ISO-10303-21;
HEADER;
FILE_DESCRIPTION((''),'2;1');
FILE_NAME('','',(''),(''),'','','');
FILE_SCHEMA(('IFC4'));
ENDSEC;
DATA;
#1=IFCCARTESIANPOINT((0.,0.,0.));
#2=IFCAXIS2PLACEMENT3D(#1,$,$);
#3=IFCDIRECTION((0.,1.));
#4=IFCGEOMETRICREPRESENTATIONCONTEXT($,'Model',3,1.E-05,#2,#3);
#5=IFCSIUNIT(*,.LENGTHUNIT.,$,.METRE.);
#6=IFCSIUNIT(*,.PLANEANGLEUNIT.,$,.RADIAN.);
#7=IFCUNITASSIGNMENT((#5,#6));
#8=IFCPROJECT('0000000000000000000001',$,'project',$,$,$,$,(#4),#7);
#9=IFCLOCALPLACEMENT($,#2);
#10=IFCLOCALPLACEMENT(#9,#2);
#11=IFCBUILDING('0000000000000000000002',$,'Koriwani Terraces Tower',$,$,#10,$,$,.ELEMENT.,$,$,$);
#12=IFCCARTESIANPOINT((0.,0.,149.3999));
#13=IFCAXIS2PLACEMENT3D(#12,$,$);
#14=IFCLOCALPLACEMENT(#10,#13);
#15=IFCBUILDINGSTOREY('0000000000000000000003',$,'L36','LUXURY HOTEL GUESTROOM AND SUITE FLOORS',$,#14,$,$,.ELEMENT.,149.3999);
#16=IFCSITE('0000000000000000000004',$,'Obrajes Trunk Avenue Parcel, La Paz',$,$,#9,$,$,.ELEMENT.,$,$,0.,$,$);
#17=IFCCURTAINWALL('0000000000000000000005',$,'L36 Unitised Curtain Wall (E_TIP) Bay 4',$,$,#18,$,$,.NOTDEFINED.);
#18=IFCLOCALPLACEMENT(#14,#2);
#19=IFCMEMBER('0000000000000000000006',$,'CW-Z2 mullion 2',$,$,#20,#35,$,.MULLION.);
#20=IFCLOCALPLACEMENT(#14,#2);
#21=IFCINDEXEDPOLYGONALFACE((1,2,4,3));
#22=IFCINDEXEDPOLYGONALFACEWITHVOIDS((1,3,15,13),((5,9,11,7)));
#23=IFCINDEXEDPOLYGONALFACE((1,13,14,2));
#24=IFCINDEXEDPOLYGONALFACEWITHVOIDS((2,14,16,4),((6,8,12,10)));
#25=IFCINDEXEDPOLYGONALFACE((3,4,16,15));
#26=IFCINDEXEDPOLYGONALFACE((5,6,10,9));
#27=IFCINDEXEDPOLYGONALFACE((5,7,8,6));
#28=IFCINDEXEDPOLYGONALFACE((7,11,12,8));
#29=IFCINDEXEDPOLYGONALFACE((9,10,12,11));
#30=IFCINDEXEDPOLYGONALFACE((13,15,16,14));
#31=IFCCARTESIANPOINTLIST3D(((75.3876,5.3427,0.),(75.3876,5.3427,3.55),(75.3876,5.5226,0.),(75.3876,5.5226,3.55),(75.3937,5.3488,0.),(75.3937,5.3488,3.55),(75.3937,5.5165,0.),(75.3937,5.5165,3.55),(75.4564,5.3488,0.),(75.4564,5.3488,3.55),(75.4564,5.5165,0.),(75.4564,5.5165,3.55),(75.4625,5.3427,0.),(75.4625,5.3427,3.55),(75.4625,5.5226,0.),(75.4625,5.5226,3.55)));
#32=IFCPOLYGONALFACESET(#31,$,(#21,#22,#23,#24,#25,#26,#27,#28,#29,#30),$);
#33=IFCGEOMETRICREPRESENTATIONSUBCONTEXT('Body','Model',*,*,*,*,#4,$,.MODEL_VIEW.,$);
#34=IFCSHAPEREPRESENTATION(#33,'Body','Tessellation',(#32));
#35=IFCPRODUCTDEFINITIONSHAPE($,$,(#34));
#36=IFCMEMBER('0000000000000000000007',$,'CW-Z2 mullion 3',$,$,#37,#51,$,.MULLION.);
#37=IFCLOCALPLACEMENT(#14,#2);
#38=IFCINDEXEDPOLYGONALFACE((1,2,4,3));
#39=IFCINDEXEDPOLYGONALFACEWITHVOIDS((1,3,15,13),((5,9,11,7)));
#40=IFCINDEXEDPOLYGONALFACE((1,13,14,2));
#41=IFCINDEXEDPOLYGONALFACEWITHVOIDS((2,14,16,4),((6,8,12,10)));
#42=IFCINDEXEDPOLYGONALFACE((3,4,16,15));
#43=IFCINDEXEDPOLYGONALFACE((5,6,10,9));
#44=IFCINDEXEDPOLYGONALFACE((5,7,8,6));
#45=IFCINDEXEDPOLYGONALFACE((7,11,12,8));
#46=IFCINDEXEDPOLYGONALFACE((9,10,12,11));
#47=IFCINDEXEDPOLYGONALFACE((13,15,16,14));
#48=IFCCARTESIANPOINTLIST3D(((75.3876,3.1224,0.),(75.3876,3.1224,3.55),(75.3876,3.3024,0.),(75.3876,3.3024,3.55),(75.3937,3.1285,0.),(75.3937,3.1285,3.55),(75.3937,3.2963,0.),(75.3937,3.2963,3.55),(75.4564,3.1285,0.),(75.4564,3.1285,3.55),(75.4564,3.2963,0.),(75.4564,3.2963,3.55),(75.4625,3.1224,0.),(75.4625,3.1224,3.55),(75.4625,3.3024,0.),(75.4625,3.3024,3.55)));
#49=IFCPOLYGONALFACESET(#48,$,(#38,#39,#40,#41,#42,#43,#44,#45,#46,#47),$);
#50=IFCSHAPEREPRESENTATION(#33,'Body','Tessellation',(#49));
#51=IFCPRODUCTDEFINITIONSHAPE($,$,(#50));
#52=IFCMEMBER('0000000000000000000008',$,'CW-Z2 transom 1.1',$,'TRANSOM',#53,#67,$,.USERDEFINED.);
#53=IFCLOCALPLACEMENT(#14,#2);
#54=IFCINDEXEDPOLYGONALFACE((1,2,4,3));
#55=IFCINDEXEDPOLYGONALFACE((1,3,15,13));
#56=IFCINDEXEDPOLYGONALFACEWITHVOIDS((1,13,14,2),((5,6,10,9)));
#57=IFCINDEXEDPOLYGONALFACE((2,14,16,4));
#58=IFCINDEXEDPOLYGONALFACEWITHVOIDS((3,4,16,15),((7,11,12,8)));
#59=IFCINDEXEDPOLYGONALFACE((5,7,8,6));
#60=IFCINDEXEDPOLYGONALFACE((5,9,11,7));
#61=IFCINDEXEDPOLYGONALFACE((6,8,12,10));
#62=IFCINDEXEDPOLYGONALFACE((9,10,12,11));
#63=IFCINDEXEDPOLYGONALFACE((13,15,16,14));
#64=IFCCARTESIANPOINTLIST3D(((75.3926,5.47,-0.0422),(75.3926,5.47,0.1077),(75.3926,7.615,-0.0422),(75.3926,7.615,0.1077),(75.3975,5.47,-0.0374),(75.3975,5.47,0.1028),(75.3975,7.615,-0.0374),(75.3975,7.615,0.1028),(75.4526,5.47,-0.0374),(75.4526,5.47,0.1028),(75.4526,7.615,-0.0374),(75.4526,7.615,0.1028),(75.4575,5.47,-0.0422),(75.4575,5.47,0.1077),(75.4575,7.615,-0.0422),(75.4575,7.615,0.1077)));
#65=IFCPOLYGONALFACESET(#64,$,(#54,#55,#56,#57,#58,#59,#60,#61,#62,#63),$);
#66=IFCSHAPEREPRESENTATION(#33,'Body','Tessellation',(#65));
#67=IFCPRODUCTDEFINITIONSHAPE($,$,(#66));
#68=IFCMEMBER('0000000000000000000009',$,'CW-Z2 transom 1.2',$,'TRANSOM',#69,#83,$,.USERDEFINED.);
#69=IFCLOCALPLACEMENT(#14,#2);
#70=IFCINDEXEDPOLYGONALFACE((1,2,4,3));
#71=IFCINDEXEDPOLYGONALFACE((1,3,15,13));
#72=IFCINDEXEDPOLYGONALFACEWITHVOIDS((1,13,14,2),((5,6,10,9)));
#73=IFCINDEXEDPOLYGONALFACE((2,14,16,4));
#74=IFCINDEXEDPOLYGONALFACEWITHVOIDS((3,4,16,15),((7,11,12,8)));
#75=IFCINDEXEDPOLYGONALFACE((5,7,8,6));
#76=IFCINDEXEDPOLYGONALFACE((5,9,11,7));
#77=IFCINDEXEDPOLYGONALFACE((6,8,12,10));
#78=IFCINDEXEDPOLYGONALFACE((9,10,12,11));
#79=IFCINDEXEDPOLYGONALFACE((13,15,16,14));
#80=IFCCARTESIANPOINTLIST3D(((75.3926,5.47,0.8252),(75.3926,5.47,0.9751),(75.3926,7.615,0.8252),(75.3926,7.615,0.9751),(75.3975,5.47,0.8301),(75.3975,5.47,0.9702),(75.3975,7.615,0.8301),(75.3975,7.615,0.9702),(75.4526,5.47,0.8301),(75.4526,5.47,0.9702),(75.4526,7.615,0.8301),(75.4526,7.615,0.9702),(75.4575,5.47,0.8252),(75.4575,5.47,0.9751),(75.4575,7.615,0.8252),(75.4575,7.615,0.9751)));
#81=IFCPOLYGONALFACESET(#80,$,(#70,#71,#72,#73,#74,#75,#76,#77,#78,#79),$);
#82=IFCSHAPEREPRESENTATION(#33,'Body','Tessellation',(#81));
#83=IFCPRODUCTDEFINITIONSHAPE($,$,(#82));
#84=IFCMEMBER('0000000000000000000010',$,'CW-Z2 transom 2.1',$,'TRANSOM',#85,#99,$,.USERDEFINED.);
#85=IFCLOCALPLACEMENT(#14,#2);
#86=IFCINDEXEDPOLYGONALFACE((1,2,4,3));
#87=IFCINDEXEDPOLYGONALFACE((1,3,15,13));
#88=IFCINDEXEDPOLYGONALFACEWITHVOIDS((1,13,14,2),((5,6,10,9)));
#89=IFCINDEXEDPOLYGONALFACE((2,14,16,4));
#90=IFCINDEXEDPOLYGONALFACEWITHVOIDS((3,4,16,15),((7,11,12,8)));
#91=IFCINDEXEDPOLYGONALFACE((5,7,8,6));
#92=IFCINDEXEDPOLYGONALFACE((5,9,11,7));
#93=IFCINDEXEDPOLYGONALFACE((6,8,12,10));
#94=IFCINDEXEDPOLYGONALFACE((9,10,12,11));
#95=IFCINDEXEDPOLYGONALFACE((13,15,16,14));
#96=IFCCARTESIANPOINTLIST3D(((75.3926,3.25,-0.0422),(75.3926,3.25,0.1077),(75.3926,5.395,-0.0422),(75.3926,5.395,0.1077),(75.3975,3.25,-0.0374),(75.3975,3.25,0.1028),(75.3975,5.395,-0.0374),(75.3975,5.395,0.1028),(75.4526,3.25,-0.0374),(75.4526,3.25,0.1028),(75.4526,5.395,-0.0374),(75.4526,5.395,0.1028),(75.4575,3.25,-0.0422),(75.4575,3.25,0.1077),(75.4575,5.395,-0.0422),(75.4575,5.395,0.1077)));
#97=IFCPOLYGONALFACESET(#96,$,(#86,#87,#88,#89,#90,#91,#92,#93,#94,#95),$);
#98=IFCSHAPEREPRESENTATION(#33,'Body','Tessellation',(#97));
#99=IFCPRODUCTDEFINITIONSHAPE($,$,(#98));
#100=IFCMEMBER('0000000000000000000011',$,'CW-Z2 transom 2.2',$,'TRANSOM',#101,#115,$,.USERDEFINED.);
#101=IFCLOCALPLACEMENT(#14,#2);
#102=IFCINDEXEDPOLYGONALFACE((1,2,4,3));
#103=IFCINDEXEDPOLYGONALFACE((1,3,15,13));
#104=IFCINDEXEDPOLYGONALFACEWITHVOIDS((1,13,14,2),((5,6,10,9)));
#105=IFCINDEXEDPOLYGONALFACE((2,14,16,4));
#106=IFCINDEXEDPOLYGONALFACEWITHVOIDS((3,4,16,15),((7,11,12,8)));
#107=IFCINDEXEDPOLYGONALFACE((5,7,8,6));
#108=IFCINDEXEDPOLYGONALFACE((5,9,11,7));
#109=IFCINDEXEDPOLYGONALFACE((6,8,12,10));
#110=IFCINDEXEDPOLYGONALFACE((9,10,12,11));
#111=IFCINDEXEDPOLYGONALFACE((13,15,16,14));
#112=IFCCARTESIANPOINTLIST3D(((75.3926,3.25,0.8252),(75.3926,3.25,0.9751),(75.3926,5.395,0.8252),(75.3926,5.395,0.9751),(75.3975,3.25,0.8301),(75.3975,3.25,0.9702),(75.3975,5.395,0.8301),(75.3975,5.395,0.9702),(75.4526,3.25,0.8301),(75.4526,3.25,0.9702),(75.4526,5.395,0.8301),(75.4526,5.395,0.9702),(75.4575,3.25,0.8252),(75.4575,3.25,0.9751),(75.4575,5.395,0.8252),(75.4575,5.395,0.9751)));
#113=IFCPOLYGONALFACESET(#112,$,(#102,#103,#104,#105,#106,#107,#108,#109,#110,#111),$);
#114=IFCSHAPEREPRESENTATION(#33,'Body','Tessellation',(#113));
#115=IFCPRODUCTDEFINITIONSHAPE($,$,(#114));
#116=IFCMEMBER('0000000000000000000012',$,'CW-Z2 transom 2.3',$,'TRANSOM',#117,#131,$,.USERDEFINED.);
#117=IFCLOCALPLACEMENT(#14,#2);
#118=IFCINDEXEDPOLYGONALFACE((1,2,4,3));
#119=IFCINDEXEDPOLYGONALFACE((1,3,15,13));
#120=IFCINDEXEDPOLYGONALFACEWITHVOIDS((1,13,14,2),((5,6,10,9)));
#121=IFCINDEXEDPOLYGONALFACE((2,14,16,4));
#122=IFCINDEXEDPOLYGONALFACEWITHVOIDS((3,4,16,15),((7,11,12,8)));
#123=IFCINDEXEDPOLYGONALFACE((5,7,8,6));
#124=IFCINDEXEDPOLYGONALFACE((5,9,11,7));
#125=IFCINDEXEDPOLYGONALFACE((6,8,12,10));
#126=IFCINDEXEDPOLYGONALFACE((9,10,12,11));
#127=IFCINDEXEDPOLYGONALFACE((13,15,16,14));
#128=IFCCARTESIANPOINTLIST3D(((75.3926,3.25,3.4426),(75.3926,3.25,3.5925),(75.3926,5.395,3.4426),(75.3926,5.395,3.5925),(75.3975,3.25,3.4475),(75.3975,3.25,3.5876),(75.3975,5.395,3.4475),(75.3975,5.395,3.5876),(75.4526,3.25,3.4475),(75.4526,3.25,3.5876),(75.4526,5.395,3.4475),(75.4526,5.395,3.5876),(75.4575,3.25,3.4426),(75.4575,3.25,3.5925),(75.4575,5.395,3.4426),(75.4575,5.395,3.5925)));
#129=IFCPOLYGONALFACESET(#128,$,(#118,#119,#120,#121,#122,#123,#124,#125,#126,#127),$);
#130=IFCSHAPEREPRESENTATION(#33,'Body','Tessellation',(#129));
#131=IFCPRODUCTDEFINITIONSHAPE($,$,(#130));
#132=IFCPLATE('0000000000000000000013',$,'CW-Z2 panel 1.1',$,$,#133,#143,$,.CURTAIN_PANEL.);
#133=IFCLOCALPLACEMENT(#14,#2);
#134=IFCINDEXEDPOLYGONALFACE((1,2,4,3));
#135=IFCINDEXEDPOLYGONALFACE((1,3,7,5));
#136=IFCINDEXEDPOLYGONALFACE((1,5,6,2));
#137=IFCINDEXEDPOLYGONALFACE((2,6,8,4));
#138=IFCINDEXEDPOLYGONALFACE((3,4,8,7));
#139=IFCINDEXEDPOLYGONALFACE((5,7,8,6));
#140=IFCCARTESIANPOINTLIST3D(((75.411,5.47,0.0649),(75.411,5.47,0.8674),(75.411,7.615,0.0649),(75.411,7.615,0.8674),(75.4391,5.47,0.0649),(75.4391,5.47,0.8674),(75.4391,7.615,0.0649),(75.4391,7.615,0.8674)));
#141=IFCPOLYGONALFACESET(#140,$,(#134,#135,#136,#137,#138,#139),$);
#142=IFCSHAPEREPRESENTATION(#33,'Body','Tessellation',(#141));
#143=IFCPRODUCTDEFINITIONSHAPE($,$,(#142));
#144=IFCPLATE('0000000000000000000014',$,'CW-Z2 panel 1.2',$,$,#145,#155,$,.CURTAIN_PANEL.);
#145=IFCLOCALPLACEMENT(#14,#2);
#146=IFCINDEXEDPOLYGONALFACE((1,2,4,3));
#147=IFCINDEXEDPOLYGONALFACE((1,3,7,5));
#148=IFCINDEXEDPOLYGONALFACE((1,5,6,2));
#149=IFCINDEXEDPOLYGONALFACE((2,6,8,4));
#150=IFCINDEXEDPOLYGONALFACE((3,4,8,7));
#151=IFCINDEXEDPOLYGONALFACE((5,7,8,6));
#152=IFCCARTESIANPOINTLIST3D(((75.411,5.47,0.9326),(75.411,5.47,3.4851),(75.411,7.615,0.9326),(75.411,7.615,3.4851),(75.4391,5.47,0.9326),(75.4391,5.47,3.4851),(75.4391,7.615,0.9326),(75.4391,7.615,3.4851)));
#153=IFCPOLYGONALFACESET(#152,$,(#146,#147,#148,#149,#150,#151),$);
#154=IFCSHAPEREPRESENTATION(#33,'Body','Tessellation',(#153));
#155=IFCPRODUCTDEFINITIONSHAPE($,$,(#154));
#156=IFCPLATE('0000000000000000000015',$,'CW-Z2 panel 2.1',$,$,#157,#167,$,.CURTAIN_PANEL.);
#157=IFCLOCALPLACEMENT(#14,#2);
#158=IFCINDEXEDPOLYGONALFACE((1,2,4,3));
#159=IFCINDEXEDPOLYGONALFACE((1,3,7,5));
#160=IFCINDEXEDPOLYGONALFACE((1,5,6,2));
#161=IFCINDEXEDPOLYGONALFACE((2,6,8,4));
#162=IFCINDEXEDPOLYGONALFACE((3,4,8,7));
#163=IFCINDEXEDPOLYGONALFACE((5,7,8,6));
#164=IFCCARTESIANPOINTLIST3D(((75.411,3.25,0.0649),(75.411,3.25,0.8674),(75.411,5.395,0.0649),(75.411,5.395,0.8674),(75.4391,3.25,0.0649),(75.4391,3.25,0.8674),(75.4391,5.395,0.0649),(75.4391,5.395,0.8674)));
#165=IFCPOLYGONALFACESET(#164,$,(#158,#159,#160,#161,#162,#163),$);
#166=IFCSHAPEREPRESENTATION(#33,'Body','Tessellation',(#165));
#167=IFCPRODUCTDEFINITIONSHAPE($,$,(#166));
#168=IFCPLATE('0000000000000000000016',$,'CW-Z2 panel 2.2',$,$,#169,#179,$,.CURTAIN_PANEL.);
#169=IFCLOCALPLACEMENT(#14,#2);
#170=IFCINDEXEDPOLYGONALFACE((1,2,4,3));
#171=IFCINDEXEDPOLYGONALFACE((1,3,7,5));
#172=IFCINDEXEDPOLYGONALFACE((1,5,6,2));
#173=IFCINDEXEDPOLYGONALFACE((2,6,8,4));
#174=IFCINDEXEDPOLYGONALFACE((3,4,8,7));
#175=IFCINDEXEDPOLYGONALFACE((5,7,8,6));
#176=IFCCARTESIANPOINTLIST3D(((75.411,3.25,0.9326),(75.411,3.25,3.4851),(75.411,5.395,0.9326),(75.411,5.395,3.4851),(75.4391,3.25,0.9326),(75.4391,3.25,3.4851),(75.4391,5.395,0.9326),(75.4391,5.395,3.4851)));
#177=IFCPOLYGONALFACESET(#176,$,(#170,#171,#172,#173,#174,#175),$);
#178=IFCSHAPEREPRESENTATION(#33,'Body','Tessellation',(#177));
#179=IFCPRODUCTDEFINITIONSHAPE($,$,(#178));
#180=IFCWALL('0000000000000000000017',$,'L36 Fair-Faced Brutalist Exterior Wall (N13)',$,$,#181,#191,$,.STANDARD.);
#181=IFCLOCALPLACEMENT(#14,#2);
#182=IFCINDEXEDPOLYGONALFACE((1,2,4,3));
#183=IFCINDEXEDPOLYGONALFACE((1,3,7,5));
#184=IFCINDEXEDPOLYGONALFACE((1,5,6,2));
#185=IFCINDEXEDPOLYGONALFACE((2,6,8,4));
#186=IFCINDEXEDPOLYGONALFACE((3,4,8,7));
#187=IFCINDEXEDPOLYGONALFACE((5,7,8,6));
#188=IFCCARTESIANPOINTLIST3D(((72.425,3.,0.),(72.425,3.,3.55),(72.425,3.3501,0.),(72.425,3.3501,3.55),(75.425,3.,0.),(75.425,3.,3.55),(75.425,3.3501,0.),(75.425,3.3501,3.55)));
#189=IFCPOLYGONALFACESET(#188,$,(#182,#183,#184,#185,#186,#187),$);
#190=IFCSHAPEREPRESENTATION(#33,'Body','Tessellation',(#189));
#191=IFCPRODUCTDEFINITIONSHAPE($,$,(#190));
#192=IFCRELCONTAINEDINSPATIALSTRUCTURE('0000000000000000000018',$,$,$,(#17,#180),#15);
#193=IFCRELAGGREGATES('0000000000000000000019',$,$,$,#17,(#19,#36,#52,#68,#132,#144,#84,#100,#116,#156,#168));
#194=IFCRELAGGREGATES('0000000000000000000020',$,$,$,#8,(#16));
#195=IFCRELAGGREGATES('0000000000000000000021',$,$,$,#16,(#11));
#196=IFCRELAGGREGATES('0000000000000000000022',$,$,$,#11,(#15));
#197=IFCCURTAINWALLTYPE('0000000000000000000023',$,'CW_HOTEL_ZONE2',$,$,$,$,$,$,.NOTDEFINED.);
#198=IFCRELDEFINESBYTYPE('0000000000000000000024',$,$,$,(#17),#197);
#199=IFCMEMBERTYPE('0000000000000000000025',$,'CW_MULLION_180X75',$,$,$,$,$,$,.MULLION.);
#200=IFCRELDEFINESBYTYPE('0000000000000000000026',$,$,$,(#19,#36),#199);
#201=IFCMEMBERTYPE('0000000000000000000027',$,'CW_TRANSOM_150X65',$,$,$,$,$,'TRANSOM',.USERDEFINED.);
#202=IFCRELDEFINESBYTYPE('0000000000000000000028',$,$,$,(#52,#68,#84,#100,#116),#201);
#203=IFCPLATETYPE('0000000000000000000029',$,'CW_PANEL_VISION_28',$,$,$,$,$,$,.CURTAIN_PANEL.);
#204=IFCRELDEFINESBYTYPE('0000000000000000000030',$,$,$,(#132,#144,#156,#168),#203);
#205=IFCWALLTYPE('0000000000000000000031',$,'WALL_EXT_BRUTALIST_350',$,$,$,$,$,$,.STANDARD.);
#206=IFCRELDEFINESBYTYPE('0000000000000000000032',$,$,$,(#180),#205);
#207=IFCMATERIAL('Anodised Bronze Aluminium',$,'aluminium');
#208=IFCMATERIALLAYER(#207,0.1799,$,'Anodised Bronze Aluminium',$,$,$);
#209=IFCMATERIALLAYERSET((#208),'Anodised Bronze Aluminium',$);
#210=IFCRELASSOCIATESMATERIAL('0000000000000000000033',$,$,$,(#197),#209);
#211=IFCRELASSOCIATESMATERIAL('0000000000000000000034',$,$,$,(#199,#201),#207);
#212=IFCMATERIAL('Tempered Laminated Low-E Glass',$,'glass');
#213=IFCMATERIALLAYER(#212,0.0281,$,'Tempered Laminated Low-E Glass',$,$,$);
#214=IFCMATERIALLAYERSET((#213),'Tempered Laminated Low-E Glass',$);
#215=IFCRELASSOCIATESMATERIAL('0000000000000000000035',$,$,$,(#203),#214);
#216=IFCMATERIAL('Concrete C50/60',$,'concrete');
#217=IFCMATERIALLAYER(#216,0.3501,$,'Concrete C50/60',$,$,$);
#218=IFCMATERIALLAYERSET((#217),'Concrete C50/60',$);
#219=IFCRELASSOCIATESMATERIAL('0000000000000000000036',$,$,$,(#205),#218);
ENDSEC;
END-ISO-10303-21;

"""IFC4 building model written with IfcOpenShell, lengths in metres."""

from ifc_helpers import new_model, si_unit, direction, frame, frame_2d, origin, origin_2d, place, context, subcontext, project, spatial, rectangle, hollow_rectangle, extrude, material, layer, layer_set, material_profile, profile_set, type_object, element, aggregate, save


model = new_model("IFC4")

# Units and contexts
model_context = context("Model", 3, precision=1e-05, world=origin(), true_north=direction((0.0, 1.0)))
body_context = subcontext(model_context, "Body", "Model", "MODEL_VIEW")
ifc_project = project(units=[si_unit("LENGTHUNIT", "METRE"), si_unit("PLANEANGLEUNIT", "RADIAN")], contexts=[model_context])

# Site, building, storey
site_placement = place(None, origin())
site = spatial("IfcSite", under=ifc_project, at=site_placement, Name="Obrajes Trunk Avenue Parcel, La Paz", CompositionType="ELEMENT", RefElevation=0.0)
building_placement = place(site_placement, origin())
building = spatial("IfcBuilding", under=site, at=building_placement, Name="Koriwani Terraces Tower", CompositionType="ELEMENT")
storey_placement = place(building_placement, frame((0.0, 0.0, 149.3999)))
storey = spatial("IfcBuildingStorey", under=building, at=storey_placement, Name="L36", Description="LUXURY HOTEL GUESTROOM AND SUITE FLOORS", CompositionType="ELEMENT", Elevation=149.3999)

# Curtain wall, members, plates
ifc_material_1 = material(Name="Anodised Bronze Aluminium", Category="aluminium")
ifc_layer_1 = layer(ifc_material_1, 0.1799, Name="Anodised Bronze Aluminium")
ifc_layer_set_1 = layer_set([ifc_layer_1], Name="Anodised Bronze Aluminium")
curtain_wall_type = type_object("IfcCurtainWallType", Name="CW_HOTEL_ZONE2", PredefinedType="NOTDEFINED", material=ifc_layer_set_1)
curtain_wall_placement = place(storey_placement, origin())
curtain_wall = element("IfcCurtainWall", 1, at=curtain_wall_placement, inside=storey, type_object=curtain_wall_type, Name="L36 Unitised Curtain Wall (E_TIP) Bay 4", PredefinedType="NOTDEFINED")
ifc_material_profile_1 = material_profile(ifc_material_1, hollow_rectangle(XDim=0.075, YDim=0.1799, WallThickness=0.0061, at=origin_2d()), Name="Anodised Bronze Aluminium", Category="LoadBearing")
ifc_profile_set_1 = profile_set([ifc_material_profile_1], Name="Anodised Bronze Aluminium")
member_type_1 = type_object("IfcMemberType", Name="CW_MULLION_180X75", PredefinedType="MULLION", material=ifc_profile_set_1)
member_1_placement = place(storey_placement, frame((75.425, 5.4326, 0.0), z_axis=(0.0, 0.0, 1.0), x_axis=(1.0, 0.0, 0.0)))
member_1 = element("IfcMember", 2, at=member_1_placement, type_object=member_type_1, Name="CW-Z2 mullion 2", PredefinedType="MULLION", context=body_context, shape_type="SweptSolid", body=[
    extrude(hollow_rectangle(XDim=0.075, YDim=0.1799, WallThickness=0.0061, at=origin_2d()), origin(), (0.0, 0.0, 1.0), 3.55),
])
member_2_placement = place(storey_placement, frame((75.425, 3.2124, 0.0), z_axis=(0.0, 0.0, 1.0), x_axis=(1.0, 0.0, 0.0)))
member_2 = element("IfcMember", 3, at=member_2_placement, type_object=member_type_1, Name="CW-Z2 mullion 3", PredefinedType="MULLION", context=body_context, shape_type="SweptSolid", body=[
    extrude(hollow_rectangle(XDim=0.075, YDim=0.1799, WallThickness=0.0061, at=origin_2d()), origin(), (0.0, 0.0, 1.0), 3.55),
])
ifc_material_profile_2 = material_profile(ifc_material_1, hollow_rectangle(XDim=0.0649, YDim=0.1499, WallThickness=0.0049, at=origin_2d()), Name="Anodised Bronze Aluminium", Category="LoadBearing")
ifc_profile_set_2 = profile_set([ifc_material_profile_2], Name="Anodised Bronze Aluminium")
member_type_2 = type_object("IfcMemberType", Name="CW_TRANSOM_150X65", ElementType="TRANSOM", PredefinedType="USERDEFINED", material=ifc_profile_set_2)
member_3_placement = place(storey_placement, frame((75.425, 7.615, 0.0327), z_axis=(0.0, -1.0, 0.0), x_axis=(1.0, 0.0, 0.0)))
member_3 = element("IfcMember", 4, at=member_3_placement, type_object=member_type_2, Name="CW-Z2 transom 1.1", ObjectType="TRANSOM", PredefinedType="USERDEFINED", context=body_context, shape_type="SweptSolid", body=[
    extrude(hollow_rectangle(XDim=0.0649, YDim=0.1499, WallThickness=0.0049, at=origin_2d()), origin(), (0.0, 0.0, 1.0), 2.145),
])
member_4_placement = place(storey_placement, frame((75.425, 7.615, 0.9001), z_axis=(0.0, -1.0, 0.0), x_axis=(1.0, 0.0, 0.0)))
member_4 = element("IfcMember", 5, at=member_4_placement, type_object=member_type_2, Name="CW-Z2 transom 1.2", ObjectType="TRANSOM", PredefinedType="USERDEFINED", context=body_context, shape_type="SweptSolid", body=[
    extrude(hollow_rectangle(XDim=0.0649, YDim=0.1499, WallThickness=0.0049, at=origin_2d()), origin(), (0.0, 0.0, 1.0), 2.145),
])
member_5_placement = place(storey_placement, frame((75.425, 5.395, 0.0327), z_axis=(0.0, -1.0, 0.0), x_axis=(1.0, 0.0, 0.0)))
member_5 = element("IfcMember", 6, at=member_5_placement, type_object=member_type_2, Name="CW-Z2 transom 2.1", ObjectType="TRANSOM", PredefinedType="USERDEFINED", context=body_context, shape_type="SweptSolid", body=[
    extrude(hollow_rectangle(XDim=0.0649, YDim=0.1499, WallThickness=0.0049, at=origin_2d()), origin(), (0.0, 0.0, 1.0), 2.145),
])
member_6_placement = place(storey_placement, frame((75.425, 5.395, 0.9001), z_axis=(0.0, -1.0, 0.0), x_axis=(1.0, 0.0, 0.0)))
member_6 = element("IfcMember", 7, at=member_6_placement, type_object=member_type_2, Name="CW-Z2 transom 2.2", ObjectType="TRANSOM", PredefinedType="USERDEFINED", context=body_context, shape_type="SweptSolid", body=[
    extrude(hollow_rectangle(XDim=0.0649, YDim=0.1499, WallThickness=0.0049, at=origin_2d()), origin(), (0.0, 0.0, 1.0), 2.145),
])
member_7_placement = place(storey_placement, frame((75.425, 5.395, 3.5176), z_axis=(0.0, -1.0, 0.0), x_axis=(1.0, 0.0, 0.0)))
member_7 = element("IfcMember", 8, at=member_7_placement, type_object=member_type_2, Name="CW-Z2 transom 2.3", ObjectType="TRANSOM", PredefinedType="USERDEFINED", context=body_context, shape_type="SweptSolid", body=[
    extrude(hollow_rectangle(XDim=0.0649, YDim=0.1499, WallThickness=0.0049, at=origin_2d()), origin(), (0.0, 0.0, 1.0), 2.145),
])
ifc_material_2 = material(Name="Tempered Laminated Low-E Glass", Category="glass")
ifc_layer_2 = layer(ifc_material_2, 0.0281, Name="Tempered Laminated Low-E Glass")
ifc_layer_set_2 = layer_set([ifc_layer_2], Name="Tempered Laminated Low-E Glass")
plate_type = type_object("IfcPlateType", Name="CW_PANEL_VISION_28", PredefinedType="CURTAIN_PANEL", material=ifc_layer_set_2)
plate_1_placement = place(storey_placement, frame((75.425, 6.5425, 0.0649), z_axis=(0.0, 0.0, 1.0), x_axis=(0.0, -1.0, 0.0)))
plate_1 = element("IfcPlate", 9, at=plate_1_placement, type_object=plate_type, Name="CW-Z2 panel 1.1", PredefinedType="CURTAIN_PANEL", context=body_context, shape_type="SweptSolid", body=[
    extrude(rectangle(XDim=2.145, YDim=0.0281, at=origin_2d()), origin(), (0.0, 0.0, 1.0), 0.8025),
])
plate_2_placement = place(storey_placement, frame((75.425, 6.5425, 0.9326), z_axis=(0.0, 0.0, 1.0), x_axis=(0.0, -1.0, 0.0)))
plate_2 = element("IfcPlate", 10, at=plate_2_placement, type_object=plate_type, Name="CW-Z2 panel 1.2", PredefinedType="CURTAIN_PANEL", context=body_context, shape_type="SweptSolid", body=[
    extrude(rectangle(XDim=2.145, YDim=0.0281, at=origin_2d()), origin(), (0.0, 0.0, 1.0), 2.5525),
])
plate_3_placement = place(storey_placement, frame((75.425, 4.3225, 0.0649), z_axis=(0.0, 0.0, 1.0), x_axis=(0.0, -1.0, 0.0)))
plate_3 = element("IfcPlate", 11, at=plate_3_placement, type_object=plate_type, Name="CW-Z2 panel 2.1", PredefinedType="CURTAIN_PANEL", context=body_context, shape_type="SweptSolid", body=[
    extrude(rectangle(XDim=2.145, YDim=0.0281, at=origin_2d()), origin(), (0.0, 0.0, 1.0), 0.8025),
])
plate_4_placement = place(storey_placement, frame((75.425, 4.3225, 0.9326), z_axis=(0.0, 0.0, 1.0), x_axis=(0.0, -1.0, 0.0)))
plate_4 = element("IfcPlate", 12, at=plate_4_placement, type_object=plate_type, Name="CW-Z2 panel 2.2", PredefinedType="CURTAIN_PANEL", context=body_context, shape_type="SweptSolid", body=[
    extrude(rectangle(XDim=2.145, YDim=0.0281, at=origin_2d()), origin(), (0.0, 0.0, 1.0), 2.5525),
])
aggregate(curtain_wall, [member_1, member_2, member_3, member_4, plate_1, plate_2, member_5, member_6, member_7, plate_3, plate_4])

# Wall
ifc_material_3 = material(Name="Concrete C50/60", Category="concrete")
ifc_layer_3 = layer(ifc_material_3, 0.3501, Name="Concrete C50/60")
ifc_layer_set_3 = layer_set([ifc_layer_3], Name="Concrete C50/60")
wall_type = type_object("IfcWallType", Name="WALL_EXT_BRUTALIST_350", PredefinedType="STANDARD", material=ifc_layer_set_3)
wall_1_placement = place(storey_placement, frame((75.425, 3.175, 0.0), z_axis=(0.0, 0.0, 1.0), x_axis=(-1.0, 0.0, 0.0)))
element("IfcWall", 13, at=wall_1_placement, inside=storey, type_object=wall_type, Name="L36 Fair-Faced Brutalist Exterior Wall (N13)", PredefinedType="STANDARD", context=body_context, shape_type="SweptSolid", body=[
    extrude(rectangle(XDim=3.0, YDim=0.3501, at=frame_2d((1.5, 0.0))), origin(), (0.0, 0.0, 1.0), 3.55),
])

save(model, "model.ifc")
